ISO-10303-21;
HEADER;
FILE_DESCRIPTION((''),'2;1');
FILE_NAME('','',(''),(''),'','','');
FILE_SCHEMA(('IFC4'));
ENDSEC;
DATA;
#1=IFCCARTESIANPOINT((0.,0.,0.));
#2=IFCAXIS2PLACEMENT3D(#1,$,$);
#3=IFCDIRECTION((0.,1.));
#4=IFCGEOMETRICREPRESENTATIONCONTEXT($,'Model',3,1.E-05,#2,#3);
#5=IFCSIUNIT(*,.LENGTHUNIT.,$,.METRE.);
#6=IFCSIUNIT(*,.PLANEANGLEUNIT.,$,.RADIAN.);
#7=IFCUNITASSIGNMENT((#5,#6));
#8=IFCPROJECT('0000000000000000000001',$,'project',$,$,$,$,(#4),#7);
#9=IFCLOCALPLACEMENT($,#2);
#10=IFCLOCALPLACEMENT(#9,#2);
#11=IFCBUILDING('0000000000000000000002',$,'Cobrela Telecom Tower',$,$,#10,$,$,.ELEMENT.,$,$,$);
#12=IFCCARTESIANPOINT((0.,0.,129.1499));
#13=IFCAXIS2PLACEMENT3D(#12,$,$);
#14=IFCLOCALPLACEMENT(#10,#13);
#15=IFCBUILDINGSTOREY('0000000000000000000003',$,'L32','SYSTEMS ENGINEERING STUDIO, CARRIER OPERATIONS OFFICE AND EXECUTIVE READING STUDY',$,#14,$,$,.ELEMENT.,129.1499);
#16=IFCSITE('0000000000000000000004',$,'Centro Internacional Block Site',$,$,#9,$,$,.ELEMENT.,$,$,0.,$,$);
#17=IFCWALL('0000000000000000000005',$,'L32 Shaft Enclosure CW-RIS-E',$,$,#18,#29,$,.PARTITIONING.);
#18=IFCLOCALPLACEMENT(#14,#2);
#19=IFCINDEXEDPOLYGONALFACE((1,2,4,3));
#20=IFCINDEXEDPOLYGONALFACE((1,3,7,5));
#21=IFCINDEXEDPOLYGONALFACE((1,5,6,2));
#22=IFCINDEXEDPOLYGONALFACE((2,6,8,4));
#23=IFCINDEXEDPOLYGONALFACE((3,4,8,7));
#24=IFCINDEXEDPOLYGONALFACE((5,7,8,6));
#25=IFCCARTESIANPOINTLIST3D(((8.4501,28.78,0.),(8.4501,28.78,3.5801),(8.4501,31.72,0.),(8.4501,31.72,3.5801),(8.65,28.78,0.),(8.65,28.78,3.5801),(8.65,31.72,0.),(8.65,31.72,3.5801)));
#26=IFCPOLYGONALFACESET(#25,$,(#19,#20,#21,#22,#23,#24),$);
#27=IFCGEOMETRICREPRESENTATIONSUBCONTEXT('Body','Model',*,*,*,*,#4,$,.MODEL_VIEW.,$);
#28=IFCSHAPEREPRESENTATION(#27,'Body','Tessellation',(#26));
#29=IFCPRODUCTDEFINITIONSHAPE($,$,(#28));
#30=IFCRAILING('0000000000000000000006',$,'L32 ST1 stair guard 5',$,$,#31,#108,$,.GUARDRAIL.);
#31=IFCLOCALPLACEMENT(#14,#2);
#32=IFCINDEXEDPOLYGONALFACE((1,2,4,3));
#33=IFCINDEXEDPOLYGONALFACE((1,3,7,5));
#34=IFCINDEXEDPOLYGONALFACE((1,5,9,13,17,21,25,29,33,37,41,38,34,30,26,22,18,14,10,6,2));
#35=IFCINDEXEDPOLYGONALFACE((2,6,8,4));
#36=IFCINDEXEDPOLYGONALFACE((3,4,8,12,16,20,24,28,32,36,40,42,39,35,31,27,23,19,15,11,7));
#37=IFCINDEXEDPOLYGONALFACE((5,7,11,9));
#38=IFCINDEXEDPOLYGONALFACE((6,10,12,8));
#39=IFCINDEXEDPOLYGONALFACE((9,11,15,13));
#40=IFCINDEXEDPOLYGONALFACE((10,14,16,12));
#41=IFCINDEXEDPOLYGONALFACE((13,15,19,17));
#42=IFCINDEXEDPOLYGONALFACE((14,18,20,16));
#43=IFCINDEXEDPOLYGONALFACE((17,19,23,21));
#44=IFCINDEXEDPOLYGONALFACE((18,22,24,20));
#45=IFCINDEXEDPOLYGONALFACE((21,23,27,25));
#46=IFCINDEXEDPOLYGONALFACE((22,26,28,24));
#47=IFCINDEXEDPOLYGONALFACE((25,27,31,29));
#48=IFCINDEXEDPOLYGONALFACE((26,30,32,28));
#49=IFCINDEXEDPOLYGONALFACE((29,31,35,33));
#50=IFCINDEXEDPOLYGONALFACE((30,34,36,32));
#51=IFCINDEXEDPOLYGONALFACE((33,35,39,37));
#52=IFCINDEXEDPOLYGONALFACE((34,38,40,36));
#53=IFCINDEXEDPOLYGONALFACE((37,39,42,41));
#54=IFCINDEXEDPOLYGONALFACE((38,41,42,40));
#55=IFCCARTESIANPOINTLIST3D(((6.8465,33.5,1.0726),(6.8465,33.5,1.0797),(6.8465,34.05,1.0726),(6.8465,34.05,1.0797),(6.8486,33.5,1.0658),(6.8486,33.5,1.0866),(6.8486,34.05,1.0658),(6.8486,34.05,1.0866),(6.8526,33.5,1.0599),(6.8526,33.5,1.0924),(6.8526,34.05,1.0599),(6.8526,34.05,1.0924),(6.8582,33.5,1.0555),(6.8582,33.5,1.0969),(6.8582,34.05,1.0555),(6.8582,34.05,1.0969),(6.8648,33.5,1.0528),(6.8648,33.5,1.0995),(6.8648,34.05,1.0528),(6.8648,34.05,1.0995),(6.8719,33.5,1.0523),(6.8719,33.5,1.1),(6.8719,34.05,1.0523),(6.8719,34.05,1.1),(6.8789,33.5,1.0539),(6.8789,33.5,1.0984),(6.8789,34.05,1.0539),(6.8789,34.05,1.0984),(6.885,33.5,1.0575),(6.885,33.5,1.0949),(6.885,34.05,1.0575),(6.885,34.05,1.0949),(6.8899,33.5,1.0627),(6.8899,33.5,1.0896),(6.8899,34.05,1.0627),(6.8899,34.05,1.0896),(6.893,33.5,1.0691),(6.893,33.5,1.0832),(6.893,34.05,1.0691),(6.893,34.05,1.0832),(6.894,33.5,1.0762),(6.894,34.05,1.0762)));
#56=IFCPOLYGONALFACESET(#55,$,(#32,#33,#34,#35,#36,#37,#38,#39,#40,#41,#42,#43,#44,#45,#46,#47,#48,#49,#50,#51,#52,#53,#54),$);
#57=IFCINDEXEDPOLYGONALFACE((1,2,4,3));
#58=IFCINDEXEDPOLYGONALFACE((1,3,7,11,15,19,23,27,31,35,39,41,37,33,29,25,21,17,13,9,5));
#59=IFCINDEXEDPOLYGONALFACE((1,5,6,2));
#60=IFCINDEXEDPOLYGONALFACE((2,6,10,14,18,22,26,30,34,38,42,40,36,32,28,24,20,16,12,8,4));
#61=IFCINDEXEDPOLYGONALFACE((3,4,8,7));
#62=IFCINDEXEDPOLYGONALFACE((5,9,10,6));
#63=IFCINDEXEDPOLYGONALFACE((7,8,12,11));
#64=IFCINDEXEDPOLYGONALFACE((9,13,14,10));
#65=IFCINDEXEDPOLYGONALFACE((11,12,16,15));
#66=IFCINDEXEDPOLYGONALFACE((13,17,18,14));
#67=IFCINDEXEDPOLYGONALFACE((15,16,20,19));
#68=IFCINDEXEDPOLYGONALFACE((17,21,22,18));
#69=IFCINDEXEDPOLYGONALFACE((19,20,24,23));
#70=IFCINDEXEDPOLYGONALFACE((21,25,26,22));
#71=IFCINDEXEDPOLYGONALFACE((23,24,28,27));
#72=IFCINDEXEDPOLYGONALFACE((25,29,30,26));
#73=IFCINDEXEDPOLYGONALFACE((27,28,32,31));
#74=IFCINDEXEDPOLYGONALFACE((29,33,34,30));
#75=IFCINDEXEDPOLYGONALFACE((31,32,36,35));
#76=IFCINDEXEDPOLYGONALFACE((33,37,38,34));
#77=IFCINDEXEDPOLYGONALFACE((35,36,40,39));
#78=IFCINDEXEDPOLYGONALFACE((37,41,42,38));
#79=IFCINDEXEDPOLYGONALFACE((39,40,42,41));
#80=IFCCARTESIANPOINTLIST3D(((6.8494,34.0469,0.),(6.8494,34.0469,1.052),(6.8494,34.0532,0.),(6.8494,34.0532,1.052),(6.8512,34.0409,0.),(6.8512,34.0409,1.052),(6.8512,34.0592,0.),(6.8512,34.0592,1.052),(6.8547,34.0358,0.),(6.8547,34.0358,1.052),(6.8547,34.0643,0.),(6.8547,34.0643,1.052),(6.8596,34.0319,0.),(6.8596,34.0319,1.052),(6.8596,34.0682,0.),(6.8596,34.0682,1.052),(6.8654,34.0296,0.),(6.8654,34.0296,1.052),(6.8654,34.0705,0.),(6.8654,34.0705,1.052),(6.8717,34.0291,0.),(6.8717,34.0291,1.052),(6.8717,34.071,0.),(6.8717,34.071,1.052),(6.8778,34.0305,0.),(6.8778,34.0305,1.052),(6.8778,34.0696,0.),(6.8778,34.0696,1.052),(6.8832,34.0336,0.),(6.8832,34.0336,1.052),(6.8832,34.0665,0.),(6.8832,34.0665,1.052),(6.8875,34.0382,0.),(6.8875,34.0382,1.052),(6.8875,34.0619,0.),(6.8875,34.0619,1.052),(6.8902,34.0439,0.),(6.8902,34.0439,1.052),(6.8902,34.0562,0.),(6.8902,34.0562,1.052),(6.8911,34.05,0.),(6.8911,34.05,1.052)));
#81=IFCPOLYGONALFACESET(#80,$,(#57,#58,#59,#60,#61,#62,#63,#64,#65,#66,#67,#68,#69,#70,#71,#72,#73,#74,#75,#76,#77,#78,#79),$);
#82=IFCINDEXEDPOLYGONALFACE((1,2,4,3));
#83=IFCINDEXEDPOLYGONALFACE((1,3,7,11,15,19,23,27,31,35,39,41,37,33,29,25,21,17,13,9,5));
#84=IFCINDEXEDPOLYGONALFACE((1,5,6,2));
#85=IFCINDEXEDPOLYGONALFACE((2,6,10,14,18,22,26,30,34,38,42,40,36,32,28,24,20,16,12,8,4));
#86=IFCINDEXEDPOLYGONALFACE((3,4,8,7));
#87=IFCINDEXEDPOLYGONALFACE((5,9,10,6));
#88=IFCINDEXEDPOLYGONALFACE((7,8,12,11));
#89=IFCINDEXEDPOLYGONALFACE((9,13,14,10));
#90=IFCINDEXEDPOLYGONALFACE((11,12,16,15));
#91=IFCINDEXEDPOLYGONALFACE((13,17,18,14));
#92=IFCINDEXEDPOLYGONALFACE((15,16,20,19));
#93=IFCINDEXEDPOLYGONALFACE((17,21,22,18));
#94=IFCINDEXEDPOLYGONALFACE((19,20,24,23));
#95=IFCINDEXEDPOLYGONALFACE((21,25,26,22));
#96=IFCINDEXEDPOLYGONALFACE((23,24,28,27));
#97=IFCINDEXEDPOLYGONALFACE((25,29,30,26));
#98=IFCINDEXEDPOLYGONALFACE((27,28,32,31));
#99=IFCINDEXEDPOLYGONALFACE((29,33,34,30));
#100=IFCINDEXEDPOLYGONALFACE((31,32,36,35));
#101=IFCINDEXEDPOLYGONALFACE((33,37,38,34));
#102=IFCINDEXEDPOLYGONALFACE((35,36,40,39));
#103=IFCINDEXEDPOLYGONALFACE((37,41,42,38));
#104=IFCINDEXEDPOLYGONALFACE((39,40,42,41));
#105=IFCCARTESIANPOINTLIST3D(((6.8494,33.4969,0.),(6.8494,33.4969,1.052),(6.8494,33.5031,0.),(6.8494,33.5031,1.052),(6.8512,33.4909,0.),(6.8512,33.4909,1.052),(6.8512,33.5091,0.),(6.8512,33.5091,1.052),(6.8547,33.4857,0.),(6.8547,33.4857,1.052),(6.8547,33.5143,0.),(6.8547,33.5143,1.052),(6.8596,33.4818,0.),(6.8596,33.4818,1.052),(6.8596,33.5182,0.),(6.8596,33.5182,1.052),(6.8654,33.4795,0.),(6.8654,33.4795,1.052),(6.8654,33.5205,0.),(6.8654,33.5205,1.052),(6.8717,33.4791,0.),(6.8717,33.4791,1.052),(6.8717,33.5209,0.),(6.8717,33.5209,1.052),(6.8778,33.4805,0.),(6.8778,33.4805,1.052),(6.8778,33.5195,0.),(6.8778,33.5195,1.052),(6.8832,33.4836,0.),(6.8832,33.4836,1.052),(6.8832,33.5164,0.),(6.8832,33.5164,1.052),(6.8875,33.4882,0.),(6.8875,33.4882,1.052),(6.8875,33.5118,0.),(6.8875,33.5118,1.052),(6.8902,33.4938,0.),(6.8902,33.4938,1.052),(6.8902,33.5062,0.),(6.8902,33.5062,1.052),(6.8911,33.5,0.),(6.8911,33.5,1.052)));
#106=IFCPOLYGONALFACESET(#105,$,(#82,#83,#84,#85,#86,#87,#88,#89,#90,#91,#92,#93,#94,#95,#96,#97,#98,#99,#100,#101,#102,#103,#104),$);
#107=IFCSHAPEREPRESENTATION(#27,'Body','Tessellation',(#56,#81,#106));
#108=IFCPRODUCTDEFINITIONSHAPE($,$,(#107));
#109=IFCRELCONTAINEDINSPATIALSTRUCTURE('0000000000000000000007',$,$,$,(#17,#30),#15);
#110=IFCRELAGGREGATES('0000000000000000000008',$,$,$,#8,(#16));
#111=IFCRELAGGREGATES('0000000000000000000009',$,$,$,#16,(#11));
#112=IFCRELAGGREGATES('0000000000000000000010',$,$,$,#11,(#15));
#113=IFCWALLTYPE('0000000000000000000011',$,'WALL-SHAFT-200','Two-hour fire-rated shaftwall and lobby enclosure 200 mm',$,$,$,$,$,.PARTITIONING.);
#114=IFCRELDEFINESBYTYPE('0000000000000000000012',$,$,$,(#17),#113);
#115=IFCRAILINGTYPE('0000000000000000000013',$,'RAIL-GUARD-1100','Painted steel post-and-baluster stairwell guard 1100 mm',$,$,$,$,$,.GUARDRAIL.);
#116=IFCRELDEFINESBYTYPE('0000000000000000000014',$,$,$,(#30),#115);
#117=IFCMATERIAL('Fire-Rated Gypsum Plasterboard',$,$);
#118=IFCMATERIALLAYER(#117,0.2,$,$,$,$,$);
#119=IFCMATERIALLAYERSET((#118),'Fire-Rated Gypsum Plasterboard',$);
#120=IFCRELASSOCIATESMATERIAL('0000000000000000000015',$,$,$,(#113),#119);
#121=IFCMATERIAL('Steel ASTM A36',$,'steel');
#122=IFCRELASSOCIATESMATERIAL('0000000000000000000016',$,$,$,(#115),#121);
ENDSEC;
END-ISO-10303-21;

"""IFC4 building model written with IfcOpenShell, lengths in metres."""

from ifc_helpers import new_model, si_unit, direction, frame, frame_2d, origin, origin_2d, place, context, subcontext, project, spatial, rectangle, circle, extrude, material, layer, layer_set, type_object, element, save


model = new_model("IFC4")

# Units and contexts
model_context = context("Model", 3, precision=1e-05, world=origin(), true_north=direction((0.0, 1.0)))
body_context = subcontext(model_context, "Body", "Model", "MODEL_VIEW")
ifc_project = project(units=[si_unit("LENGTHUNIT", "METRE"), si_unit("PLANEANGLEUNIT", "RADIAN")], contexts=[model_context])

# Site, building, storey
site_placement = place(None, origin())
site = spatial("IfcSite", under=ifc_project, at=site_placement, Name="Centro Internacional Block Site", CompositionType="ELEMENT", RefElevation=0.0)
building_placement = place(site_placement, origin())
building = spatial("IfcBuilding", under=site, at=building_placement, Name="Cobrela Telecom Tower", CompositionType="ELEMENT")
storey_placement = place(building_placement, frame((0.0, 0.0, 129.1499)))
storey = spatial("IfcBuildingStorey", under=building, at=storey_placement, Name="L32", Description="SYSTEMS ENGINEERING STUDIO, CARRIER OPERATIONS OFFICE AND EXECUTIVE READING STUDY", CompositionType="ELEMENT", Elevation=129.1499)

# Shared definitions
ifc_material_1 = material(Name="Steel ASTM A36", Category="steel")

# Shared definitions
ifc_material_2 = material(Name="Fire-Rated Gypsum Plasterboard")

# Shared definitions
ifc_layer_1 = layer(ifc_material_2, 0.2)
ifc_layer_set_1 = layer_set([ifc_layer_1], Name="Fire-Rated Gypsum Plasterboard")
wall_type_1 = type_object("IfcWallType", Name="WALL-SHAFT-200", Description="Two-hour fire-rated shaftwall and lobby enclosure 200 mm", PredefinedType="PARTITIONING", material=ifc_layer_set_1)

# Wall
wall_1_placement = place(storey_placement, frame((8.55, 28.78, 0.0), z_axis=(0.0, 0.0, 1.0), x_axis=(0.0, 1.0, 0.0)))
element("IfcWall", 1, at=wall_1_placement, inside=storey, type_object=wall_type_1, Name="L32 Shaft Enclosure CW-RIS-E", PredefinedType="PARTITIONING", context=body_context, shape_type="SweptSolid", body=[
    extrude(rectangle(XDim=2.9399, YDim=0.2, at=frame_2d((1.47, 0.0))), origin(), (0.0, 0.0, 1.0), 3.5801),
])

# Railing
railing_type_1 = type_object("IfcRailingType", Name="RAIL-GUARD-1100", Description="Painted steel post-and-baluster stairwell guard 1100 mm", PredefinedType="GUARDRAIL", material=ifc_material_1)
railing_1_placement = place(storey_placement, frame((6.8701, 34.05, 0.0)))
element("IfcRailing", 2, at=railing_1_placement, inside=storey, type_object=railing_type_1, Name="L32 ST1 stair guard 5", PredefinedType="GUARDRAIL", context=body_context, shape_type="SweptSolid", body=[
    extrude(circle(Radius=0.0239, at=origin_2d()), frame((0.0, 0.0, 1.0762), z_axis=(0.0, -1.0, 0.0), x_axis=(1.0, 0.0, 0.0)), (0.0, 0.0, 1.0), 0.55),
    extrude(circle(Radius=0.021, at=origin_2d()), origin(), (0.0, 0.0, 1.0), 1.052),
    extrude(circle(Radius=0.021, at=origin_2d()), frame((0.0, -0.55, 0.0)), (0.0, 0.0, 1.0), 1.052),
])

save(model, "model.ifc")
